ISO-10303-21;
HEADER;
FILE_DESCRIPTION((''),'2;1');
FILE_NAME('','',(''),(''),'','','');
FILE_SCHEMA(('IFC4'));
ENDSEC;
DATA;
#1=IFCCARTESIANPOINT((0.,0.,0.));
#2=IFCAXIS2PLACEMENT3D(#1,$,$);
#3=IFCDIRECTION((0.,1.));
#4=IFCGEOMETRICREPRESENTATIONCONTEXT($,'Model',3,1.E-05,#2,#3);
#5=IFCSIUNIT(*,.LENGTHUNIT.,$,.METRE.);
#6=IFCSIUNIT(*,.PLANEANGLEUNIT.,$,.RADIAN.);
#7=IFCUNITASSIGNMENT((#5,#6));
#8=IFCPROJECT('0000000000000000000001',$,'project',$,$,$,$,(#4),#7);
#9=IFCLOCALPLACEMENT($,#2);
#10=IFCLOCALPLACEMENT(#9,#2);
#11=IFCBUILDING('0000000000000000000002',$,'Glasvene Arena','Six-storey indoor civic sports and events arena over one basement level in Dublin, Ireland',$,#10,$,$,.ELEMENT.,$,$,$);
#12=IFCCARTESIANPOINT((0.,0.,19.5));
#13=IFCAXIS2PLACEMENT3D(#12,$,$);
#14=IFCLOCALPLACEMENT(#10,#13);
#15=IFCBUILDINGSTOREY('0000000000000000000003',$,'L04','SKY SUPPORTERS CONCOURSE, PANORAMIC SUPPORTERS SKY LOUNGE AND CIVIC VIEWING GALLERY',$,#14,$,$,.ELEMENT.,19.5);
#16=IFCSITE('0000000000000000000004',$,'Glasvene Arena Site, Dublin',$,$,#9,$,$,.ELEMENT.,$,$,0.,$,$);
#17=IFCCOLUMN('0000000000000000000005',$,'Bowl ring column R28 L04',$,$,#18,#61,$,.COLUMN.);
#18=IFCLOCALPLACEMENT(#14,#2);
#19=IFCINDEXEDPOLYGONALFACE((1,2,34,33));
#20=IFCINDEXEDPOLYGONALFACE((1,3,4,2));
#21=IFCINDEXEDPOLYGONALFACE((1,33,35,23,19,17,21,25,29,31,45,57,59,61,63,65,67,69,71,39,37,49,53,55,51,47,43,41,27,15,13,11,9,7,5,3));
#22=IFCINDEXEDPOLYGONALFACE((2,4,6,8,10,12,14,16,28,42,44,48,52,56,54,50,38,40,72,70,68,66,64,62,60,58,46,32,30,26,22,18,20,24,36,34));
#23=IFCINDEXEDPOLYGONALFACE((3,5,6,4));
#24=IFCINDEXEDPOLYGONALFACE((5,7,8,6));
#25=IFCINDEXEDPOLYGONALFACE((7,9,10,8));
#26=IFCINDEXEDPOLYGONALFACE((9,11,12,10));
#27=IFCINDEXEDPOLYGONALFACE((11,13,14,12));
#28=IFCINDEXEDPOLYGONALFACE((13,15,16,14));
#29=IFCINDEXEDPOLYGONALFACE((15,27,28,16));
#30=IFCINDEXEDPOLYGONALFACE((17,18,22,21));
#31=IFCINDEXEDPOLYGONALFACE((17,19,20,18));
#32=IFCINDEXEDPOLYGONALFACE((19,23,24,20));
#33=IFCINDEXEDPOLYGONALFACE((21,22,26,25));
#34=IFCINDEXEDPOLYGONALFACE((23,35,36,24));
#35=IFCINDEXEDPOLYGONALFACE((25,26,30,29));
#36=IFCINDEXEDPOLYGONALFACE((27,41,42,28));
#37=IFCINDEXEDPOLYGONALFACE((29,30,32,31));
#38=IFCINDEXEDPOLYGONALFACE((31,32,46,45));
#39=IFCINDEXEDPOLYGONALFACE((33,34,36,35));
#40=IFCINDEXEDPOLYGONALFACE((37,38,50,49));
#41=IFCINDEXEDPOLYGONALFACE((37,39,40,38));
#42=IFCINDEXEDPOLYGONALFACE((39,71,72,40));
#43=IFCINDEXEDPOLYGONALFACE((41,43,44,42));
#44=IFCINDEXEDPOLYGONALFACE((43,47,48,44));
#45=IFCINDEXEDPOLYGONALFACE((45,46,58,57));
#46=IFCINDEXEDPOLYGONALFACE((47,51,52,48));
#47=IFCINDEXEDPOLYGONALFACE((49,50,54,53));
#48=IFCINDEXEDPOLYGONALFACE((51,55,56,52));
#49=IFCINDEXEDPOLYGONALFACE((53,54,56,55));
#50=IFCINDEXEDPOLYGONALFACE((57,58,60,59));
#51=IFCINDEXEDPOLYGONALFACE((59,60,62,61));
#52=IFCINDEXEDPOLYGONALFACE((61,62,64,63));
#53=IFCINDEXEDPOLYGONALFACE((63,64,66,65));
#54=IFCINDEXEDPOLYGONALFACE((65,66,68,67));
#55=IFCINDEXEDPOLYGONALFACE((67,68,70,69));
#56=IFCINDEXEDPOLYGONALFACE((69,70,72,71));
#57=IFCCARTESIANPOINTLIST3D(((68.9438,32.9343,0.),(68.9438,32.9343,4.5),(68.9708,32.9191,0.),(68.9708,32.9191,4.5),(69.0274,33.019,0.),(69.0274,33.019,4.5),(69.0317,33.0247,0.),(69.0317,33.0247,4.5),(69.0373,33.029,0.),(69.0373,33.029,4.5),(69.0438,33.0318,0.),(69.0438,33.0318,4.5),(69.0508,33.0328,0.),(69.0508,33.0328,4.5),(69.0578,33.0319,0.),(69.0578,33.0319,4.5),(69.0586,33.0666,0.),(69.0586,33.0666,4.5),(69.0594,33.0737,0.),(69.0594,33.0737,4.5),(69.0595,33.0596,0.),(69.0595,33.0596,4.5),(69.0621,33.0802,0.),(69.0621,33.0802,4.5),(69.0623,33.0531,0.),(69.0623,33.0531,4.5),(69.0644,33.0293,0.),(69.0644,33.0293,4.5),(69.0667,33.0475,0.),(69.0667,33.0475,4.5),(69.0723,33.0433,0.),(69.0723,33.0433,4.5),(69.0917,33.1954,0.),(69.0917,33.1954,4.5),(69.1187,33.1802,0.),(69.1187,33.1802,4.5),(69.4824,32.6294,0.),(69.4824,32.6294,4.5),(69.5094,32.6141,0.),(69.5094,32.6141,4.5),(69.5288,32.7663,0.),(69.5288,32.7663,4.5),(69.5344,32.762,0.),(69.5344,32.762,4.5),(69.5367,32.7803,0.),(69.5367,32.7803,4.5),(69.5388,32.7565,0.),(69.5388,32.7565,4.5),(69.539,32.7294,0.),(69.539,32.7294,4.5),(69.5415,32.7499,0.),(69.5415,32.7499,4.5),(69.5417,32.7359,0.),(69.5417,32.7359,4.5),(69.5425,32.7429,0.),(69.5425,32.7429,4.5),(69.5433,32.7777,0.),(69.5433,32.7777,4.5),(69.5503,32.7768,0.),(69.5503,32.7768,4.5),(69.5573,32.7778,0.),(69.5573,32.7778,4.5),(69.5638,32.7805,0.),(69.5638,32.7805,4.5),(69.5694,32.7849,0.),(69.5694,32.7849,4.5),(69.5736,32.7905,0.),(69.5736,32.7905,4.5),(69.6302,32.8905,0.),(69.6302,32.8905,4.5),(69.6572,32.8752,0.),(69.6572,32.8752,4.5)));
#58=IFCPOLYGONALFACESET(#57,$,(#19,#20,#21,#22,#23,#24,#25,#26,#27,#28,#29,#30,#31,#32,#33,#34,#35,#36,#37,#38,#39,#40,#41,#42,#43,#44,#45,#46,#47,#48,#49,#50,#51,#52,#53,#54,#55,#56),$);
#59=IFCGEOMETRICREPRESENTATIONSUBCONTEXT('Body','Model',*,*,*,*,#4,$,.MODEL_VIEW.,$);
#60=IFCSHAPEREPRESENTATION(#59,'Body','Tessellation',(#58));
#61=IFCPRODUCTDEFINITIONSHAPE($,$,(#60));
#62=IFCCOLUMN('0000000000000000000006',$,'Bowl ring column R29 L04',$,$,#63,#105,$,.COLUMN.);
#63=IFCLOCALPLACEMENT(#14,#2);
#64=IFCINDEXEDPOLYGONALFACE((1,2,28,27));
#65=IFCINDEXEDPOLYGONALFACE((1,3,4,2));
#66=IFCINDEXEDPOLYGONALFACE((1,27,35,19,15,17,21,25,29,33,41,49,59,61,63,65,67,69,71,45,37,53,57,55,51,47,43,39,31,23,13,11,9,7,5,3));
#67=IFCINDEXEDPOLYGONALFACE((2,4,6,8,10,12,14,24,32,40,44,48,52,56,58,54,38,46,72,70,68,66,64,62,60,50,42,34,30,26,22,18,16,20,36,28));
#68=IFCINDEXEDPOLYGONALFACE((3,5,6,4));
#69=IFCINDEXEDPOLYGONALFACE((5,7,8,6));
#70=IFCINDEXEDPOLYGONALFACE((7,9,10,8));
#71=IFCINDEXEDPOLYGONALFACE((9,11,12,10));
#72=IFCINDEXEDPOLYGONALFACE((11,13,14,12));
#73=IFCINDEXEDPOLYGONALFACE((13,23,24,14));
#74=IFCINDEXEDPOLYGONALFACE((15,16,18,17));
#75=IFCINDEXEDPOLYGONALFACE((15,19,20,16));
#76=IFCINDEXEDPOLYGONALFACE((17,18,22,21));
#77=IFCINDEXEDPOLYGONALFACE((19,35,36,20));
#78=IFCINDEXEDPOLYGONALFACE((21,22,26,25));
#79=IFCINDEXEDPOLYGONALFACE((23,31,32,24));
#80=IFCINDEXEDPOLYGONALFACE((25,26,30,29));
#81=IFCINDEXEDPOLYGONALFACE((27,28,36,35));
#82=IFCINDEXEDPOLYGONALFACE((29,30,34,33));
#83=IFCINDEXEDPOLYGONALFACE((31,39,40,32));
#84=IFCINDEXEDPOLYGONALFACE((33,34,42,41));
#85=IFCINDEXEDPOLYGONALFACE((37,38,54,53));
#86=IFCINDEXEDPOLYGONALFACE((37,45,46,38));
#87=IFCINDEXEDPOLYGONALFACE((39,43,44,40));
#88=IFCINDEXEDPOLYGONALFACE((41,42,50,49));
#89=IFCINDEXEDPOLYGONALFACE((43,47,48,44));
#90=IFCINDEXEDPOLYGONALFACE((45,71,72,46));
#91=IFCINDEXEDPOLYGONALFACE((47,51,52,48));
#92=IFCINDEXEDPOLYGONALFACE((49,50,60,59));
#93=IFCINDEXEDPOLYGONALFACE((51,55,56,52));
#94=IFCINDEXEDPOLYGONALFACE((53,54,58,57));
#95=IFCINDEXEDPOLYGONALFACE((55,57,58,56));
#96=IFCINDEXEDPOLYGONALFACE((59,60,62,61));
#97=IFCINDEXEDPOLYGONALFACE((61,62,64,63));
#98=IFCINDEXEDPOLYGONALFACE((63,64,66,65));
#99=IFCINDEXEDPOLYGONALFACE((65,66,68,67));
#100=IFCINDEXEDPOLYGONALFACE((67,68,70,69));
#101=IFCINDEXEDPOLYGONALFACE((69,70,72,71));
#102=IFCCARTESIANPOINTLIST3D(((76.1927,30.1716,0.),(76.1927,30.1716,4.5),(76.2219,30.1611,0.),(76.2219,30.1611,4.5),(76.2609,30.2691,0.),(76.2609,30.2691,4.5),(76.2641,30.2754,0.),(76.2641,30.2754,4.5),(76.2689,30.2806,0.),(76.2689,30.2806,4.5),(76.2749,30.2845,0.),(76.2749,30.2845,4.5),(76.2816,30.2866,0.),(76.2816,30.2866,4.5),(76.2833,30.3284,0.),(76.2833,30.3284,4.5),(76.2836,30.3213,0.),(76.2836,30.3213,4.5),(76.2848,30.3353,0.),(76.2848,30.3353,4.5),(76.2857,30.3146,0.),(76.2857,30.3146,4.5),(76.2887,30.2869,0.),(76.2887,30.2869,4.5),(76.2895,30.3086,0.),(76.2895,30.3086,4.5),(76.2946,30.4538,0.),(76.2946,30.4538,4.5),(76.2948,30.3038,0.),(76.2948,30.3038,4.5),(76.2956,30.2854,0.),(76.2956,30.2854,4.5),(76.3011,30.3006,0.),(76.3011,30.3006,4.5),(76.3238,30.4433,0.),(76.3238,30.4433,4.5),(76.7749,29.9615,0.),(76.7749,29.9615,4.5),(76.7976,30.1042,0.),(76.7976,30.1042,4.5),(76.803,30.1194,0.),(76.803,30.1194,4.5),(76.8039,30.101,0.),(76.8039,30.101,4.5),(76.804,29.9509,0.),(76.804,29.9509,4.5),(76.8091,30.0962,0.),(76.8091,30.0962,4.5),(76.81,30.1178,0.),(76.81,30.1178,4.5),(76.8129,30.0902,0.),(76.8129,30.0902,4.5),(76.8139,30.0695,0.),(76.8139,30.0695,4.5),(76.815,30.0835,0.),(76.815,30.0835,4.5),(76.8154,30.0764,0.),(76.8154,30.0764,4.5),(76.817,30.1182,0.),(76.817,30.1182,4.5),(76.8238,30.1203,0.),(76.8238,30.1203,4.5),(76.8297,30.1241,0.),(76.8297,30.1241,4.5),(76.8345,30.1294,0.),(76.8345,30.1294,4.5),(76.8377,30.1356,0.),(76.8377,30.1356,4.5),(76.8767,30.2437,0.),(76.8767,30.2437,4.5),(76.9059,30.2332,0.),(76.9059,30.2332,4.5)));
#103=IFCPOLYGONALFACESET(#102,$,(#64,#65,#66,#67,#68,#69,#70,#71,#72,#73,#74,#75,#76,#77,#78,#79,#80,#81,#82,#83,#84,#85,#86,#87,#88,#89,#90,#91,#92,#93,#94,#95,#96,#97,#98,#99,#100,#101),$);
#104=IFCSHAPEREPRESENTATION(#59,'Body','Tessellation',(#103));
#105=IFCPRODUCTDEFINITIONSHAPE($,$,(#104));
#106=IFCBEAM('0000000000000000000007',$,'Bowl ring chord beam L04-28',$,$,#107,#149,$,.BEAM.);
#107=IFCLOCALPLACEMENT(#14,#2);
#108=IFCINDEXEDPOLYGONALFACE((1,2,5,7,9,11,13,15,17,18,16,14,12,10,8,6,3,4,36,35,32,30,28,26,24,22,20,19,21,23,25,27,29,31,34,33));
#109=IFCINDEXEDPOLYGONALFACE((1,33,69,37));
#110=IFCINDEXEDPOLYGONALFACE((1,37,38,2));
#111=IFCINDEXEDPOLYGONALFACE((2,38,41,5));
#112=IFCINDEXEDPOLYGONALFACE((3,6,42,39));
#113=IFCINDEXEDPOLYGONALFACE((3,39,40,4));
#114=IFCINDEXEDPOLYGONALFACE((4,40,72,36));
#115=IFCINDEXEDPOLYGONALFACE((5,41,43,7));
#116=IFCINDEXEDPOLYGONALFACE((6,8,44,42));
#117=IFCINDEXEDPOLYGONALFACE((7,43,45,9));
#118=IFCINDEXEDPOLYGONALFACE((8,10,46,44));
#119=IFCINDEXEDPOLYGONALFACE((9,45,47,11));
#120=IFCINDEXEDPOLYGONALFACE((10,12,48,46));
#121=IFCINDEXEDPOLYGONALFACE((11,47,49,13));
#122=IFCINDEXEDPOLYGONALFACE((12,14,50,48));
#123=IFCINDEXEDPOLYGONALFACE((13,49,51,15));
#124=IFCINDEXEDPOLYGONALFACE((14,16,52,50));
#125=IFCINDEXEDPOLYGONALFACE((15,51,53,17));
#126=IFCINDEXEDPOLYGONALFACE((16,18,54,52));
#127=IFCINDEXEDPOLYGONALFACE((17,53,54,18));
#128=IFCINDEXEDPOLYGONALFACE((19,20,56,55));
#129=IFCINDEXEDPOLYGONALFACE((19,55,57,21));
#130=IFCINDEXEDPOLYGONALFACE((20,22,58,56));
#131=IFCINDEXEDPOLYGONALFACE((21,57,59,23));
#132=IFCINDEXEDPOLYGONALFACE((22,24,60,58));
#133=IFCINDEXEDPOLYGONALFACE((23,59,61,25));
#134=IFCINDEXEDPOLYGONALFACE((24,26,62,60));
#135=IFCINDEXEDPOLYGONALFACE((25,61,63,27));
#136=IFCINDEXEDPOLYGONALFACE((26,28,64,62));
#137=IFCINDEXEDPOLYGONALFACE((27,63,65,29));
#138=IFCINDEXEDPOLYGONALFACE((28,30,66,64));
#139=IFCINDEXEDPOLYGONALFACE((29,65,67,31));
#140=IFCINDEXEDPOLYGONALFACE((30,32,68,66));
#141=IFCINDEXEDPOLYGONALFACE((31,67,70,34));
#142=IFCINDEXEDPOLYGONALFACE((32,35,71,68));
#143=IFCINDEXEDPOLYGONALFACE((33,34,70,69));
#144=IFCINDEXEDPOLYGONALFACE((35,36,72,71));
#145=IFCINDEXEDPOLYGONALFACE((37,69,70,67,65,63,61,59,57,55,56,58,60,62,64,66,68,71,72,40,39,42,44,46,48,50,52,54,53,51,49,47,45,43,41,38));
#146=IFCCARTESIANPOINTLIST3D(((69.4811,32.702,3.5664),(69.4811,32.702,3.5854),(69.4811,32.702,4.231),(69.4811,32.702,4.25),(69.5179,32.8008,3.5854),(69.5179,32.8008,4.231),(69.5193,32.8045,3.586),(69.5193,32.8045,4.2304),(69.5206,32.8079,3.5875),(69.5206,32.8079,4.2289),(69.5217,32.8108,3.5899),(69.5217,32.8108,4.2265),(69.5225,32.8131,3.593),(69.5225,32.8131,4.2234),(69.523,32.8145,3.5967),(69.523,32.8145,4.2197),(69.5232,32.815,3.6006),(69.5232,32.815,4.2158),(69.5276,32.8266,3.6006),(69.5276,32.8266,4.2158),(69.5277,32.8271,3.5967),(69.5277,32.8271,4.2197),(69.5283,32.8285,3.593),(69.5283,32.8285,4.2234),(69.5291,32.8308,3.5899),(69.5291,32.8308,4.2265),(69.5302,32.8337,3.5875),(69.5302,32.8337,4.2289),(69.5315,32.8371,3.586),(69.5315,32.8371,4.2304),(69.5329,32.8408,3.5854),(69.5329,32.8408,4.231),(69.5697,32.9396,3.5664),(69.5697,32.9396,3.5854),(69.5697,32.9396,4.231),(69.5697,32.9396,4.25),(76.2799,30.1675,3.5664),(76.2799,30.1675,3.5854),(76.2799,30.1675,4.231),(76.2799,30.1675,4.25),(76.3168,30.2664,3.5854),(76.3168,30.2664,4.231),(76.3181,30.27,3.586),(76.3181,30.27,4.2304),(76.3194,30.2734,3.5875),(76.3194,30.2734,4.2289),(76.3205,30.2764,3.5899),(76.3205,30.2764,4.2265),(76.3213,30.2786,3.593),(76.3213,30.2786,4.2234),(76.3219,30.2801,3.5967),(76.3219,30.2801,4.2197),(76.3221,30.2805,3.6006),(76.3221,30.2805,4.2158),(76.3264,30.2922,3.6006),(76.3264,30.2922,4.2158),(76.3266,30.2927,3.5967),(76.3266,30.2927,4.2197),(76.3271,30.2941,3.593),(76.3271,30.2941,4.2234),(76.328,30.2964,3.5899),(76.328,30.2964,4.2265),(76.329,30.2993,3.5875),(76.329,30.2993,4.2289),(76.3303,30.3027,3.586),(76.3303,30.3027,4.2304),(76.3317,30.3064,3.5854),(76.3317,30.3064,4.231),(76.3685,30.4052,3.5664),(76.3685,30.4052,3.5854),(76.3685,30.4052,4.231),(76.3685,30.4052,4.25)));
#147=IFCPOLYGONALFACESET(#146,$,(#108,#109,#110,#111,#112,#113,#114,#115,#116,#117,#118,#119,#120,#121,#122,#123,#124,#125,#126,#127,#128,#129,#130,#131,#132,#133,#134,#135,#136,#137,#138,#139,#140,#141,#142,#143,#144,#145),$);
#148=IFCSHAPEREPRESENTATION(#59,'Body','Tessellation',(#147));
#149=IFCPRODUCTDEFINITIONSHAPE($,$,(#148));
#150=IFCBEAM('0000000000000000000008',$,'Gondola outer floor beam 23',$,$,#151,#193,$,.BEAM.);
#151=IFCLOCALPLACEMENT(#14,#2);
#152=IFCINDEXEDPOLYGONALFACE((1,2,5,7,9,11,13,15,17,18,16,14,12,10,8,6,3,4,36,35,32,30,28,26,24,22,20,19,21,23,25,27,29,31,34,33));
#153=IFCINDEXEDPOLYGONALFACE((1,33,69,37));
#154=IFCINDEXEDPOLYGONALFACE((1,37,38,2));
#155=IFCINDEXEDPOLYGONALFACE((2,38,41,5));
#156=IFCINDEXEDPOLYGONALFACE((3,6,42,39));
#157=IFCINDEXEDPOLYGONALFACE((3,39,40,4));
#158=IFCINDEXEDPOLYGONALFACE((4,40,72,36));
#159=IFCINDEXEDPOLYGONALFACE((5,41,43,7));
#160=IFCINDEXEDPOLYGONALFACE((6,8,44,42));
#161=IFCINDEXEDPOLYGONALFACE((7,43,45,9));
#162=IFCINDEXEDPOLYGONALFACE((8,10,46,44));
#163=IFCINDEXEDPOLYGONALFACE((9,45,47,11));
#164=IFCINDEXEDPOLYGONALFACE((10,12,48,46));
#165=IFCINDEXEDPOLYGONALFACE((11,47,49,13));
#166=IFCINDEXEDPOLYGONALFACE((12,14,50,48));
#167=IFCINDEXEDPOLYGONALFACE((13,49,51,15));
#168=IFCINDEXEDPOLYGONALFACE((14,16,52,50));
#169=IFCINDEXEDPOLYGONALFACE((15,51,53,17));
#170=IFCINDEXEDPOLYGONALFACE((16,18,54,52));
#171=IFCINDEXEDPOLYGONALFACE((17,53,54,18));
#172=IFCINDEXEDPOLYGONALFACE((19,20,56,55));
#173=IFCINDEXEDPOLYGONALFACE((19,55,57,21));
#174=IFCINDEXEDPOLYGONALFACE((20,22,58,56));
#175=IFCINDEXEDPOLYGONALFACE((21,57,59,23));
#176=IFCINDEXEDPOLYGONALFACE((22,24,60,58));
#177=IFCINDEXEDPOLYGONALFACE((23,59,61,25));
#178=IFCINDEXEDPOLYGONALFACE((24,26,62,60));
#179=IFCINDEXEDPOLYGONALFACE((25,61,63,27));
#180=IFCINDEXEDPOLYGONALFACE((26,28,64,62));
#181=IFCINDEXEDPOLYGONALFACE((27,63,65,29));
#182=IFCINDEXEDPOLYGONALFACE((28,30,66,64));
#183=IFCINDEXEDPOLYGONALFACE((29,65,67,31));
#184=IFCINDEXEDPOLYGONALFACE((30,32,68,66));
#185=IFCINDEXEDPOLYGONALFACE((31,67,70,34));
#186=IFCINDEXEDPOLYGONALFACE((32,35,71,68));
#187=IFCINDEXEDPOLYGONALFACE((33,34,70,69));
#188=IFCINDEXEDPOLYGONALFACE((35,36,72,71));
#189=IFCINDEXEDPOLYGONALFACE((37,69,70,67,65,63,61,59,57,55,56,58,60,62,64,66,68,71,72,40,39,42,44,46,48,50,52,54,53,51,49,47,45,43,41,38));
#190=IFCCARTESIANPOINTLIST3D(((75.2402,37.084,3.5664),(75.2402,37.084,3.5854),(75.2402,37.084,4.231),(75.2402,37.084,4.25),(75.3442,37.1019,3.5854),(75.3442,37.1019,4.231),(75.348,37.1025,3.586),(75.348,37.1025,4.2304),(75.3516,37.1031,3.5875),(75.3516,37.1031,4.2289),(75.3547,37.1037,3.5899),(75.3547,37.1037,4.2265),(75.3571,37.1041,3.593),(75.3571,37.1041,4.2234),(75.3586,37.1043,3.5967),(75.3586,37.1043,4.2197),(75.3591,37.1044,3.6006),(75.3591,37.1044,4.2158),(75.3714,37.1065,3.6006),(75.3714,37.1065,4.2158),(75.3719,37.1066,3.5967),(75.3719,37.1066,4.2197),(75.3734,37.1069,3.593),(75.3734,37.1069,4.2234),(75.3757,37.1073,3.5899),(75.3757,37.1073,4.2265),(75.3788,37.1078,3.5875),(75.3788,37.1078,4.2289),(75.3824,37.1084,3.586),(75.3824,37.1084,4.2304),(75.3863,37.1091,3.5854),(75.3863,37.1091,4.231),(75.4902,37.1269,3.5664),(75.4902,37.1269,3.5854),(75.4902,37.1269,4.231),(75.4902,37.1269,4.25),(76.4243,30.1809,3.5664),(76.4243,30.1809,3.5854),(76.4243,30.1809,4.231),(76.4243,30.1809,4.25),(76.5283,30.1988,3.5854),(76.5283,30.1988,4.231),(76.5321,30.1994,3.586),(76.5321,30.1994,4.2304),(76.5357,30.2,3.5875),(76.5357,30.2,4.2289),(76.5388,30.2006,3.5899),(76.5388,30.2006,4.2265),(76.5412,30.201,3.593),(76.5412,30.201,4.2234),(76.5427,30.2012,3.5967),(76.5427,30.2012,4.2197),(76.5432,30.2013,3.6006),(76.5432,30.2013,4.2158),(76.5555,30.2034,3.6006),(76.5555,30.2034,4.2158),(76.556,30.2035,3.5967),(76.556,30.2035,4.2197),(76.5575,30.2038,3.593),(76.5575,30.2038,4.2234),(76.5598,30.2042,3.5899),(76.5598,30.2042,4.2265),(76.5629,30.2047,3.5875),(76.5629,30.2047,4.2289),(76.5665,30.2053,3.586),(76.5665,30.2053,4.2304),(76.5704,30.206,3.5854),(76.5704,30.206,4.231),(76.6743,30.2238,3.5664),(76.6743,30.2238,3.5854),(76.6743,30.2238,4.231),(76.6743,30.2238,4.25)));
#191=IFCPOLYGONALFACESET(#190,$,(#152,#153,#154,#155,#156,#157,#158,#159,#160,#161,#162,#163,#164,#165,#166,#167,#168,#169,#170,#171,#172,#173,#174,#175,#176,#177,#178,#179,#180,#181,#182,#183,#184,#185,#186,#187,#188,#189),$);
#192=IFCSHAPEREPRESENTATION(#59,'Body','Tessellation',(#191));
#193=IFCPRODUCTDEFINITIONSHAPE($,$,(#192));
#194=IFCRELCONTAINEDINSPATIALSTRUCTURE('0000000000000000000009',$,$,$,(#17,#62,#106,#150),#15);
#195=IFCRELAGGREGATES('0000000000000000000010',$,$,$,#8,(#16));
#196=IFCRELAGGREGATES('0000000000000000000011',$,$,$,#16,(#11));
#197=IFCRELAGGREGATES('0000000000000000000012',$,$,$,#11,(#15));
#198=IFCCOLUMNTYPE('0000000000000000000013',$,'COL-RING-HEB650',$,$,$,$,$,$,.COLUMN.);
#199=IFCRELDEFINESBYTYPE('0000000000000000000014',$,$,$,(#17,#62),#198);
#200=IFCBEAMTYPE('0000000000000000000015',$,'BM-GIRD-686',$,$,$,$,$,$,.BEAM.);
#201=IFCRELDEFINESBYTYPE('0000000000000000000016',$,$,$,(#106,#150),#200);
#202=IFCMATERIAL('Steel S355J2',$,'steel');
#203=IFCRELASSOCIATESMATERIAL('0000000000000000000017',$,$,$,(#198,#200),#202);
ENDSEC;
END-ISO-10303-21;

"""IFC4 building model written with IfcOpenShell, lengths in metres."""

from ifc_helpers import new_model, si_unit, direction, frame, origin, origin_2d, place, context, subcontext, project, spatial, i_section, extrude, material, material_profile, profile_set, type_object, element, save


model = new_model("IFC4")

# Units and contexts
model_context = context("Model", 3, precision=1e-05, world=origin(), true_north=direction((0.0, 1.0)))
body_context = subcontext(model_context, "Body", "Model", "MODEL_VIEW")
ifc_project = project(units=[si_unit("LENGTHUNIT", "METRE"), si_unit("PLANEANGLEUNIT", "RADIAN")], contexts=[model_context])

# Site, building, storey
site_placement = place(None, origin())
site = spatial("IfcSite", under=ifc_project, at=site_placement, Name="Glasvene Arena Site, Dublin", CompositionType="ELEMENT", RefElevation=0.0)
building_placement = place(site_placement, origin())
building = spatial("IfcBuilding", under=site, at=building_placement, Name="Glasvene Arena", Description="Six-storey indoor civic sports and events arena over one basement level in Dublin, Ireland", CompositionType="ELEMENT")
storey_placement = place(building_placement, frame((0.0, 0.0, 19.5)))
storey = spatial("IfcBuildingStorey", under=building, at=storey_placement, Name="L04", Description="SKY SUPPORTERS CONCOURSE, PANORAMIC SUPPORTERS SKY LOUNGE AND CIVIC VIEWING GALLERY", CompositionType="ELEMENT", Elevation=19.5)

# Columns
ifc_material_1 = material(Name="Steel S355J2", Category="steel")
ifc_material_profile_1 = material_profile(ifc_material_1, i_section(OverallWidth=0.3, OverallDepth=0.6499, WebThickness=0.0161, FlangeThickness=0.031, FilletRadius=0.0271, at=origin_2d()), Name="HEB 650")
ifc_profile_set_1 = profile_set([ifc_material_profile_1], Name="Steel S355J2")
column_type = type_object("IfcColumnType", Name="COL-RING-HEB650", PredefinedType="COLUMN", material=ifc_profile_set_1)
for number, where, z_axis, x_axis, name in (
    (1, (69.3005, 32.9048, 0.0), (0.0, 0.0, 1.0), (-0.492727, -0.870184, 0.0), "Bowl ring column R28 L04"),
    (2, (76.5493, 30.2024, 0.0), (0.0, 0.0, 1.0), (-0.339559, -0.940585, 0.0), "Bowl ring column R29 L04"),
):
    element("IfcColumn", number, at=place(storey_placement, frame(where, z_axis=z_axis, x_axis=x_axis)), inside=storey, type_object=column_type, Name=name, PredefinedType="COLUMN", context=body_context, shape_type="SweptSolid", body=[
        extrude(i_section(OverallWidth=0.3, OverallDepth=0.6499, WebThickness=0.0161, FlangeThickness=0.031, FilletRadius=0.0271, at=origin_2d()), origin(), (0.0, 0.0, 1.0), 4.5),
    ])

# Beams
ifc_material_profile_2 = material_profile(ifc_material_1, i_section(OverallWidth=0.2537, OverallDepth=0.6836, WebThickness=0.0125, FlangeThickness=0.019, FilletRadius=0.0151, at=origin_2d()), Name="UKB 686x254x140")
ifc_profile_set_2 = profile_set([ifc_material_profile_2], Name="Steel S355J2")
beam_type = type_object("IfcBeamType", Name="BM-GIRD-686", PredefinedType="BEAM", material=ifc_profile_set_2)
beam_1_placement = place(storey_placement, frame((69.5254, 32.8208, 3.9082), z_axis=(0.937013, -0.349294, 0.0), x_axis=(0.349294, 0.937013, 0.0)))
element("IfcBeam", 3, at=beam_1_placement, inside=storey, type_object=beam_type, Name="Bowl ring chord beam L04-28", PredefinedType="BEAM", context=body_context, shape_type="SweptSolid", body=[
    extrude(i_section(OverallWidth=0.2537, OverallDepth=0.6836, WebThickness=0.0125, FlangeThickness=0.019, FilletRadius=0.0151, at=origin_2d()), origin(), (0.0, 0.0, 1.0), 7.2559),
])
beam_2_placement = place(storey_placement, frame((75.3652, 37.1055, 3.9082), z_axis=(0.169061, -0.985606, 0.0), x_axis=(0.985606, 0.169061, 0.0)))
element("IfcBeam", 4, at=beam_2_placement, inside=storey, type_object=beam_type, Name="Gondola outer floor beam 23", PredefinedType="BEAM", context=body_context, shape_type="SweptSolid", body=[
    extrude(i_section(OverallWidth=0.2537, OverallDepth=0.6836, WebThickness=0.0125, FlangeThickness=0.019, FilletRadius=0.0151, at=origin_2d()), origin(), (0.0, 0.0, 1.0), 7.0039),
])

save(model, "model.ifc")
